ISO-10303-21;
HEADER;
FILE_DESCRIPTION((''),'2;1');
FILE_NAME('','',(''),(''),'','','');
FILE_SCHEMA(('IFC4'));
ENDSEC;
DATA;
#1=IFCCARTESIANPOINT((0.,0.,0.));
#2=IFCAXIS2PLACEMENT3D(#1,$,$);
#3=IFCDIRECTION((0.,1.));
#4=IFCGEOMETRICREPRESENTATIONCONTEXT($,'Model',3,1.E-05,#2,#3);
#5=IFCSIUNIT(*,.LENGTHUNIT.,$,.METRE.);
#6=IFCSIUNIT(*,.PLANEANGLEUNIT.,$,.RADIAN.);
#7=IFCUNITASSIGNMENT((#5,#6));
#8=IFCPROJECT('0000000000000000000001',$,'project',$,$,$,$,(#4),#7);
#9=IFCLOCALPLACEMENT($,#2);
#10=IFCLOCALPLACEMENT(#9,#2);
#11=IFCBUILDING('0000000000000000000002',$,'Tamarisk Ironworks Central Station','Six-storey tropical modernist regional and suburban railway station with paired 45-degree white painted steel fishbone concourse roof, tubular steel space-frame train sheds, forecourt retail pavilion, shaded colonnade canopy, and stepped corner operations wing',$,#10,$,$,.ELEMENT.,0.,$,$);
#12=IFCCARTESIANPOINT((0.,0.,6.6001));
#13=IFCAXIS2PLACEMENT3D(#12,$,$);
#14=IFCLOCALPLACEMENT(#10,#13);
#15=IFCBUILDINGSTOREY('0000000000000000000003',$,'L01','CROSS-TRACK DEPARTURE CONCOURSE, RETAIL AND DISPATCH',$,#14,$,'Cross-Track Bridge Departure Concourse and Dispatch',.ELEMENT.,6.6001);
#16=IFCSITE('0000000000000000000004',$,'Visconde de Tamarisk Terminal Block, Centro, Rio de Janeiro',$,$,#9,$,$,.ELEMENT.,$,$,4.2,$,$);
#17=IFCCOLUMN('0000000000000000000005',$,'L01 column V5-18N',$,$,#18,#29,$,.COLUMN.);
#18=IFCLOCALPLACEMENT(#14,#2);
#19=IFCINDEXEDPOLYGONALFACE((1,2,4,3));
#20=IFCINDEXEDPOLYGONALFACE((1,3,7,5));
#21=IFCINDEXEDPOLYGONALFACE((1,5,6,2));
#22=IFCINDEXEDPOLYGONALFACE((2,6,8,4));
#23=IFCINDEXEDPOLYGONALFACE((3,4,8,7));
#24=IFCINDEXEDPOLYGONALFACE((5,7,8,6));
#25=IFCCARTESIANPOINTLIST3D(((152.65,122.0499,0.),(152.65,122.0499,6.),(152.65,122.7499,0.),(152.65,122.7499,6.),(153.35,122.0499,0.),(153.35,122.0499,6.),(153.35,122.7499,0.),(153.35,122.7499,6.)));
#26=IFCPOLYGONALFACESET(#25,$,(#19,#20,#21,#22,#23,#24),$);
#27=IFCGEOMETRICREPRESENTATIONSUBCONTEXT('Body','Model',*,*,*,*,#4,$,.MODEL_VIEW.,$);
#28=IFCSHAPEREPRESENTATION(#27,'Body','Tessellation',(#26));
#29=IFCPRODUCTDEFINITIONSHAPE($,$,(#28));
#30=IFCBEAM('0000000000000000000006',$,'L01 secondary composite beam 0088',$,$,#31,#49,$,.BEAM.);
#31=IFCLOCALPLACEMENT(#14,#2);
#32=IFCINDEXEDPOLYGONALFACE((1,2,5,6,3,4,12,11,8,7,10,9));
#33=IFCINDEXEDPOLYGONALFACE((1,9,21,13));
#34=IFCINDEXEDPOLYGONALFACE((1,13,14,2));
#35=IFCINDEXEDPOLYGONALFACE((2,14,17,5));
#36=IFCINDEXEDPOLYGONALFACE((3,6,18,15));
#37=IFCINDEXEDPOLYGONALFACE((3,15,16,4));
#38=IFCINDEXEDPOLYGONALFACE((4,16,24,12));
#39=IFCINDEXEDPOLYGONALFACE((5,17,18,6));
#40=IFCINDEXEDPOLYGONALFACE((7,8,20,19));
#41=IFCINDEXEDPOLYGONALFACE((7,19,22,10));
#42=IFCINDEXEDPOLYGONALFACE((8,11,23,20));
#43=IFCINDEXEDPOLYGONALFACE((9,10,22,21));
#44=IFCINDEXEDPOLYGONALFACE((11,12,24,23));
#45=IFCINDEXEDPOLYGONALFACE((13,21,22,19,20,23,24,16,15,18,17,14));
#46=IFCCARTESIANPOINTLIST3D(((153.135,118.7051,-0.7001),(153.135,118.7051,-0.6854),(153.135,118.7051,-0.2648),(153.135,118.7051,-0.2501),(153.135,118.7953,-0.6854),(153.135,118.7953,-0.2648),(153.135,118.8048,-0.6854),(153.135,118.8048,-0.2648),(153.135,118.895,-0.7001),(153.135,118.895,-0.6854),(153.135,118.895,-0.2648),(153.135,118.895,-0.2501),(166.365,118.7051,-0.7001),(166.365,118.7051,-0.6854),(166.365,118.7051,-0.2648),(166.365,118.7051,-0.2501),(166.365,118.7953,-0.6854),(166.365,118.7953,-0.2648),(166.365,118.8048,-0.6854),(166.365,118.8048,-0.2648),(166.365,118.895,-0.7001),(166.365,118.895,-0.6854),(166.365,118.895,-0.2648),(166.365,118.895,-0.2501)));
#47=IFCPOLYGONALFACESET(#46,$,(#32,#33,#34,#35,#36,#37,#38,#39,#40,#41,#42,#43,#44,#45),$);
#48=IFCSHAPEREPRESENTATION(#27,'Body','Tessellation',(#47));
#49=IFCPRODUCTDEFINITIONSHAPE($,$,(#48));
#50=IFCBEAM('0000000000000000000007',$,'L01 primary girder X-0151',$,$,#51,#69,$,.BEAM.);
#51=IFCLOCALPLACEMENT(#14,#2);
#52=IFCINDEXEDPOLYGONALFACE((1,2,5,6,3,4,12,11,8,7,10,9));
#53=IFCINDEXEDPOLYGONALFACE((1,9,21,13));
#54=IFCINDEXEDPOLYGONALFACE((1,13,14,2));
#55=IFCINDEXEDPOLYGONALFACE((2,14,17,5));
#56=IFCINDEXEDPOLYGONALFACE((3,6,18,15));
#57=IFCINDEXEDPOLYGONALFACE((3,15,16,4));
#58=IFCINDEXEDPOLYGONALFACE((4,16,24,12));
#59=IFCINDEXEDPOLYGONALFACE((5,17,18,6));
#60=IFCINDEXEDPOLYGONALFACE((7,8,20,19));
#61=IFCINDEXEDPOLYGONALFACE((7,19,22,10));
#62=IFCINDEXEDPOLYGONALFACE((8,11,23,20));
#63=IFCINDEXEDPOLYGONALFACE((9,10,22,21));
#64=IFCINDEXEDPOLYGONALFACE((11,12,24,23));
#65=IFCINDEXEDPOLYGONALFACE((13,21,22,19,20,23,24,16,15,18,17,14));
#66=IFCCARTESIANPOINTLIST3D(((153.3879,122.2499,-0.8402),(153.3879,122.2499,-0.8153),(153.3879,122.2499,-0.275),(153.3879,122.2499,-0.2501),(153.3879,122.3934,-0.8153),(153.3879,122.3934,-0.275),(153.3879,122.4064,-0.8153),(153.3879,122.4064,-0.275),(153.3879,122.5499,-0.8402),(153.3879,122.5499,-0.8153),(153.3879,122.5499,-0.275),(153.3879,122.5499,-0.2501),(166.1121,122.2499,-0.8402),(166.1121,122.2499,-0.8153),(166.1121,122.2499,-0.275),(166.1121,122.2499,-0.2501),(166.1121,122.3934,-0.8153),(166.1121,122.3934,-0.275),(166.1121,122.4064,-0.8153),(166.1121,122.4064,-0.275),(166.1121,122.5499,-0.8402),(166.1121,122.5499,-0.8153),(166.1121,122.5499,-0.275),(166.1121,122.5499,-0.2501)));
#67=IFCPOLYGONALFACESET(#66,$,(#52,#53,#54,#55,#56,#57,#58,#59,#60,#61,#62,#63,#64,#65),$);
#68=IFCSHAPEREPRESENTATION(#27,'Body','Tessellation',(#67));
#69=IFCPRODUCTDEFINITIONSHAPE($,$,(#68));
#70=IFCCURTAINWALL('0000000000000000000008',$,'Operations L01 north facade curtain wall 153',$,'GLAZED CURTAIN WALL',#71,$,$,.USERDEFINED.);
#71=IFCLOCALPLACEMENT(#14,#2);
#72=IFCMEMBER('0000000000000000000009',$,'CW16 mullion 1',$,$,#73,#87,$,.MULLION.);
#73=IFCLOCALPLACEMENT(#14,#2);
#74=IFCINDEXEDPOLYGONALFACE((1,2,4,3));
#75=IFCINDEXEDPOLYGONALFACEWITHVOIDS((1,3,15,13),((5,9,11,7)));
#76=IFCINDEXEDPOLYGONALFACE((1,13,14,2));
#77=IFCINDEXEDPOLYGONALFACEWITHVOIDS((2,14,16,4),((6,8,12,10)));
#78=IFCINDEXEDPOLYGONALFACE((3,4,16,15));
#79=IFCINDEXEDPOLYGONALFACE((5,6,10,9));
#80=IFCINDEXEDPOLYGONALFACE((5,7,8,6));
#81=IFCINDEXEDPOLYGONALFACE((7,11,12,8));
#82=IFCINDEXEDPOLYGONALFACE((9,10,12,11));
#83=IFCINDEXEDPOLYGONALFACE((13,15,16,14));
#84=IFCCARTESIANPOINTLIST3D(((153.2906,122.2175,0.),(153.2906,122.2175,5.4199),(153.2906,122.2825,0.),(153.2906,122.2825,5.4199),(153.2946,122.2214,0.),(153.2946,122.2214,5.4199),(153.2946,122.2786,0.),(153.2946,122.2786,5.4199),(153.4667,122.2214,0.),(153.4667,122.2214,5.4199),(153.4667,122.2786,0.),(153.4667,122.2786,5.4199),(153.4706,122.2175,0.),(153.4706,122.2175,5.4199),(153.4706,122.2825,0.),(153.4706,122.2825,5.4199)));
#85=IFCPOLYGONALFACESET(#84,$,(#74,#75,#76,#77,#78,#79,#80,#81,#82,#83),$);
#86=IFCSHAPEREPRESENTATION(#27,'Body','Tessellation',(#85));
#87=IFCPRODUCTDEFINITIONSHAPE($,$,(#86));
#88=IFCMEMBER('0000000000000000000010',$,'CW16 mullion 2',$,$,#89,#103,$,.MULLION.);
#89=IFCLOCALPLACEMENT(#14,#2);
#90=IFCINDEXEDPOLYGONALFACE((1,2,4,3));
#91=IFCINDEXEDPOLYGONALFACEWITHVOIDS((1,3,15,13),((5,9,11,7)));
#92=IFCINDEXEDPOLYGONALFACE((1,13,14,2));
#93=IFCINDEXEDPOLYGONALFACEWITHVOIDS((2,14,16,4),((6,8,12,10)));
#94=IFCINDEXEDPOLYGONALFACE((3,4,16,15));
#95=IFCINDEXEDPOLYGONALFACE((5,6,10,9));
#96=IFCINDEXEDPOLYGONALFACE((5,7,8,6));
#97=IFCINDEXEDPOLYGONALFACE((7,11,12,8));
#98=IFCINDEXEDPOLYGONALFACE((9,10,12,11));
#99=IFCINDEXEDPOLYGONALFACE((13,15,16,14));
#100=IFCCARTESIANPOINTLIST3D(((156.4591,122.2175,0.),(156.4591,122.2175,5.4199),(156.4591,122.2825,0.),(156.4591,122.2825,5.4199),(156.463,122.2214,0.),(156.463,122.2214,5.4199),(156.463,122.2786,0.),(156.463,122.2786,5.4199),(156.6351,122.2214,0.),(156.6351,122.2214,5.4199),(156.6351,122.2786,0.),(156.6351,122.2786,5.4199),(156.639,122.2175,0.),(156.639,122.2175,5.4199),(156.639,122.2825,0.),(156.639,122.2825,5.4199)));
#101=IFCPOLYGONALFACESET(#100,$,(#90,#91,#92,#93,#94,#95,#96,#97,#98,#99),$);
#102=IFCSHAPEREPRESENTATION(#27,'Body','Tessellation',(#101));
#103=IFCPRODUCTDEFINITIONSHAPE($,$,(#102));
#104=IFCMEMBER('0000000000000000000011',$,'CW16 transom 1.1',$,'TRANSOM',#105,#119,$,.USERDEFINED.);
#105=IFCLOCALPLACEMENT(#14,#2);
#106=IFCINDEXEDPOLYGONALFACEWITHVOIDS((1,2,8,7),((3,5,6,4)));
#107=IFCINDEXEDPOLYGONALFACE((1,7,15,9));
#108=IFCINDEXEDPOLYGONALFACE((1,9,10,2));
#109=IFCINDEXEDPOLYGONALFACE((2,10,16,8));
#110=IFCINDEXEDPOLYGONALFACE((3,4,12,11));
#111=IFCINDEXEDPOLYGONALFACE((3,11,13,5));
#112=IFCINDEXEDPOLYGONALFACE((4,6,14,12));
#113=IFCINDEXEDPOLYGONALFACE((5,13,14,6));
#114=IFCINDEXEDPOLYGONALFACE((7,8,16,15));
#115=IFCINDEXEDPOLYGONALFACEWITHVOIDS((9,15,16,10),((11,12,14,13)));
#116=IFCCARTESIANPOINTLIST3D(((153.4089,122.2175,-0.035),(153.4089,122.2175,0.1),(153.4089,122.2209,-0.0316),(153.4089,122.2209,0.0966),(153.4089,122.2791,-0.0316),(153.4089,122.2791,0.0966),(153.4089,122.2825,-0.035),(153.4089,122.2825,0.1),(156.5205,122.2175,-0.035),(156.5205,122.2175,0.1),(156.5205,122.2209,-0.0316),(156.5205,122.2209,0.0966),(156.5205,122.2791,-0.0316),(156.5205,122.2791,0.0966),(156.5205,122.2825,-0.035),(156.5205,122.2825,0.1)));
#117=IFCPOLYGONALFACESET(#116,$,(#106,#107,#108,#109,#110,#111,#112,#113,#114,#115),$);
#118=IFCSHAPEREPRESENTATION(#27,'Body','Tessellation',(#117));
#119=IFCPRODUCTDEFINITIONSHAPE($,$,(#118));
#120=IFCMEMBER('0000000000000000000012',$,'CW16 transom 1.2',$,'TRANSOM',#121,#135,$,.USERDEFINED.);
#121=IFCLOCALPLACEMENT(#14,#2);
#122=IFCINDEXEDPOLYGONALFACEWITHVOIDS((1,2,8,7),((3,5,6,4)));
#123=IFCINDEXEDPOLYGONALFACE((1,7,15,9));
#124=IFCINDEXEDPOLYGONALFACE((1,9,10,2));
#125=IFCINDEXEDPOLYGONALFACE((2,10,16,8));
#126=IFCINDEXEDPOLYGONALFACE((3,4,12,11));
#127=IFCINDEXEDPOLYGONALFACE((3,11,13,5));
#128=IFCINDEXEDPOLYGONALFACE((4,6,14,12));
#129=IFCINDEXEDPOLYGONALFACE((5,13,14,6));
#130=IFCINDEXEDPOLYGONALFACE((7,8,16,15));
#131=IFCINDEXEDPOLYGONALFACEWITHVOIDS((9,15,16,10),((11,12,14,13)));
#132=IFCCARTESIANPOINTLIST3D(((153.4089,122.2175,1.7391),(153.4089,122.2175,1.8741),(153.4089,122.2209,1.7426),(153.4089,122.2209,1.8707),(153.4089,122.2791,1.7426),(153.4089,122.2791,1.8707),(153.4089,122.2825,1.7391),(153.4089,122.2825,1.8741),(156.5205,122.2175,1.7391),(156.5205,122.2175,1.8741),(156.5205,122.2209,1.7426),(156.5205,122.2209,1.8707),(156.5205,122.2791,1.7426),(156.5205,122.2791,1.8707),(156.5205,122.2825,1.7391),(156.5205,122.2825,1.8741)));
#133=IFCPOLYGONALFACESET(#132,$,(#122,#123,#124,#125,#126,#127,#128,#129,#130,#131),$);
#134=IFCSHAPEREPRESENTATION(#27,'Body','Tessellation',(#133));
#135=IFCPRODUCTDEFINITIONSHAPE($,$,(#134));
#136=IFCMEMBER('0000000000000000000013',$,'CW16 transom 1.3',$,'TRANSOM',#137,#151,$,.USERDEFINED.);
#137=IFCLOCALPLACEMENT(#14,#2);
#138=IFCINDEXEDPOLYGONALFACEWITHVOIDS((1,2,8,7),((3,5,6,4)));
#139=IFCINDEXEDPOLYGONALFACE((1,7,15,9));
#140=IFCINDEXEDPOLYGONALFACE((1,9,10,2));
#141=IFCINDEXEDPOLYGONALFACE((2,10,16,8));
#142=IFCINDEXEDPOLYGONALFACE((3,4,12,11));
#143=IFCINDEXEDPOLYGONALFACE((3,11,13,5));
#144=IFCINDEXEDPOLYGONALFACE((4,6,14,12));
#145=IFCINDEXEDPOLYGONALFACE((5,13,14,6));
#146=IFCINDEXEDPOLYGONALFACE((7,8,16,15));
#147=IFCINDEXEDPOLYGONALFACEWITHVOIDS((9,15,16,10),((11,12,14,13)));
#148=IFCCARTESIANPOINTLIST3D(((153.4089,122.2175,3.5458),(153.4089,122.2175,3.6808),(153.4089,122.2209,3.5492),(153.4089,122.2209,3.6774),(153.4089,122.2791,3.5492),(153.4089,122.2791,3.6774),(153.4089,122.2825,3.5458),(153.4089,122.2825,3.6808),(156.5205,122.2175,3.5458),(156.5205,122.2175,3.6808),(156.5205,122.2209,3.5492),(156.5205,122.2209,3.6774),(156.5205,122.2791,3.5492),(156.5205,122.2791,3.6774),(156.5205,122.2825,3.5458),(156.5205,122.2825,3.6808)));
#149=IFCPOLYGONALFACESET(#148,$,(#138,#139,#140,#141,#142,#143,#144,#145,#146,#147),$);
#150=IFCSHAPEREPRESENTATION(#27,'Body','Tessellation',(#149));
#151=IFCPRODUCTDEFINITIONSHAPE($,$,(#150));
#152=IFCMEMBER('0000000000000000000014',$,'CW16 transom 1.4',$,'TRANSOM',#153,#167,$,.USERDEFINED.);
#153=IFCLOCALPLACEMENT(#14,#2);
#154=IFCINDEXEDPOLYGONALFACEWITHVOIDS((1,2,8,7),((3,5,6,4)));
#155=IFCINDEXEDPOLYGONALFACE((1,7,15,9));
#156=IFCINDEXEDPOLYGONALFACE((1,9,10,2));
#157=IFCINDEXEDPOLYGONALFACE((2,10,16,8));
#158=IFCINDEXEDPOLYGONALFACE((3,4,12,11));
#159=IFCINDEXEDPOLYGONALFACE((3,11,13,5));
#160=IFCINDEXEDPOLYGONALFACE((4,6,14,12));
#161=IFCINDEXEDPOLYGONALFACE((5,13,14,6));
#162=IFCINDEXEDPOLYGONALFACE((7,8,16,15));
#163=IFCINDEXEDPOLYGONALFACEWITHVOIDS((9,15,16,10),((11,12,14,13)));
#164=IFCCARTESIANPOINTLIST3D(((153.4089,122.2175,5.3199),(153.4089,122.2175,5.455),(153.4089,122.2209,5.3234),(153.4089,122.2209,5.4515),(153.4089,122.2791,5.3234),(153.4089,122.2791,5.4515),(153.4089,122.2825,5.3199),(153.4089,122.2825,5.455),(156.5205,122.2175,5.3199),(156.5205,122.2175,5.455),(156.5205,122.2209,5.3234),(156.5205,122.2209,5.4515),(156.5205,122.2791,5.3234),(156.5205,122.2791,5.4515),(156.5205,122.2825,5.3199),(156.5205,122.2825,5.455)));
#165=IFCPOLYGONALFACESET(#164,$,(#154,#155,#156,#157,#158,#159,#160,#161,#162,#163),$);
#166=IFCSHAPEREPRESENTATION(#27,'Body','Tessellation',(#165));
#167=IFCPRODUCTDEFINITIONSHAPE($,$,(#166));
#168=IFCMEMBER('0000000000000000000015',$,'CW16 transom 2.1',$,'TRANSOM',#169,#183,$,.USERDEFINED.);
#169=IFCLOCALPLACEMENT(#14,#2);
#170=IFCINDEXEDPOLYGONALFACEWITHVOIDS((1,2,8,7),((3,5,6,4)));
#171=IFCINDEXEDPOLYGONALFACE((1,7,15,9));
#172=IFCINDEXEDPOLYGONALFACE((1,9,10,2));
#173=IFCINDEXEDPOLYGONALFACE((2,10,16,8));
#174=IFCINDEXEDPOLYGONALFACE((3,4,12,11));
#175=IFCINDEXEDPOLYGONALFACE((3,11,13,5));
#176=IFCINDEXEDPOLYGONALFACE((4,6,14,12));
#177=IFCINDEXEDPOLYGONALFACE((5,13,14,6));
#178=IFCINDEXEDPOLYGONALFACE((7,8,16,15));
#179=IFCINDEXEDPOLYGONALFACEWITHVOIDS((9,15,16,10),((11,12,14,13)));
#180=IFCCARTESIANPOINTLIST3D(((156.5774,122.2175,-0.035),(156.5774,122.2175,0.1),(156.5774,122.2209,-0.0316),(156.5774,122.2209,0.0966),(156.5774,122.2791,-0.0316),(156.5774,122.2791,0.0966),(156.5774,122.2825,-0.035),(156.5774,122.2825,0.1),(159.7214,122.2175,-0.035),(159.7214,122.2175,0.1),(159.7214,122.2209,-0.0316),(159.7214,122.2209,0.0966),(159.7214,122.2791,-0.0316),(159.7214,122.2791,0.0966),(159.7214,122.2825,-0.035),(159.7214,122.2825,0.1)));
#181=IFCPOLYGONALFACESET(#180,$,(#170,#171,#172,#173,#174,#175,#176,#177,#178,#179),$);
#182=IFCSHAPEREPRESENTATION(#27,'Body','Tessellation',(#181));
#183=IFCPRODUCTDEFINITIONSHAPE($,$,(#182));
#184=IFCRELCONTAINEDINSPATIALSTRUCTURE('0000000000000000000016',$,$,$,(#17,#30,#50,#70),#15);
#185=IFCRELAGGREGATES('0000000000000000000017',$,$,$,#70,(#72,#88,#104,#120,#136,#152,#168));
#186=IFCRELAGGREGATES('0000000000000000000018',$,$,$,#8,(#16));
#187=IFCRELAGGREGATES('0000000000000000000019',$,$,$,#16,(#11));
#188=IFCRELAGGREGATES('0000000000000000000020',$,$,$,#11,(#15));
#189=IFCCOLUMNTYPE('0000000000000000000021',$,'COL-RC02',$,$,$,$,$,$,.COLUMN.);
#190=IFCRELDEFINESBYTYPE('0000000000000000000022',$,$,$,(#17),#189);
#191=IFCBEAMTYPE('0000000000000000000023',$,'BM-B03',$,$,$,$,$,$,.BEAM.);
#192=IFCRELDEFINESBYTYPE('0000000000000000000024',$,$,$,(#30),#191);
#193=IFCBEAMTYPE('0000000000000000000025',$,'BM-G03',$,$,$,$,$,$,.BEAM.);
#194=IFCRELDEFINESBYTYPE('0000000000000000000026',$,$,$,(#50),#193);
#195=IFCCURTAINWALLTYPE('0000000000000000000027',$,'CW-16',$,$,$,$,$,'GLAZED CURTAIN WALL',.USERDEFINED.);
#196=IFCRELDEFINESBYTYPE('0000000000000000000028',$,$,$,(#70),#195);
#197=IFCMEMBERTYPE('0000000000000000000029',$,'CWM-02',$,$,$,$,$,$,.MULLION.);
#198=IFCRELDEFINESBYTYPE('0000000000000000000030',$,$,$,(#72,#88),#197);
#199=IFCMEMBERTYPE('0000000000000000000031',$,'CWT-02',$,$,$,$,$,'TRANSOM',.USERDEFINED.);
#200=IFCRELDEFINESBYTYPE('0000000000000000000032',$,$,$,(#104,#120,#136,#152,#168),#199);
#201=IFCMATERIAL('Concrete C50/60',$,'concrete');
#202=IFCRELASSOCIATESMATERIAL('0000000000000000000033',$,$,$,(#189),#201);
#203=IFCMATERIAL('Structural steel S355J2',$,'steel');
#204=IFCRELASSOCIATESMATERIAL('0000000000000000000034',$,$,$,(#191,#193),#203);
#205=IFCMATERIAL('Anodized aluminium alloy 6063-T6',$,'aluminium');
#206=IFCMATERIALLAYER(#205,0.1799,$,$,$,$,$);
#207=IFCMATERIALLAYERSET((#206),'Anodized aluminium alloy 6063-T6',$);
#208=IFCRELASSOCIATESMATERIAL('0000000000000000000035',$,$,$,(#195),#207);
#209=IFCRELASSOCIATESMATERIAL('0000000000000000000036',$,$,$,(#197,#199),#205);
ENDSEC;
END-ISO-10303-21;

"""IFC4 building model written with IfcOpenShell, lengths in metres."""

from ifc_helpers import new_model, si_unit, direction, frame, origin, origin_2d, place, context, subcontext, project, spatial, rectangle, hollow_rectangle, i_section, extrude, material, layer, layer_set, material_profile, profile_set, type_object, element, aggregate, save


model = new_model("IFC4")

# Units and contexts
model_context = context("Model", 3, precision=1e-05, world=origin(), true_north=direction((0.0, 1.0)))
body_context = subcontext(model_context, "Body", "Model", "MODEL_VIEW")
ifc_project = project(units=[si_unit("LENGTHUNIT", "METRE"), si_unit("PLANEANGLEUNIT", "RADIAN")], contexts=[model_context])

# Site, building, storey
site_placement = place(None, origin())
site = spatial("IfcSite", under=ifc_project, at=site_placement, Name="Visconde de Tamarisk Terminal Block, Centro, Rio de Janeiro", CompositionType="ELEMENT", RefElevation=4.2)
building_placement = place(site_placement, origin())
building = spatial("IfcBuilding", under=site, at=building_placement, Name="Tamarisk Ironworks Central Station", Description="Six-storey tropical modernist regional and suburban railway station with paired 45-degree white painted steel fishbone concourse roof, tubular steel space-frame train sheds, forecourt retail pavilion, shaded colonnade canopy, and stepped corner operations wing", CompositionType="ELEMENT", ElevationOfRefHeight=0.0)
storey_placement = place(building_placement, frame((0.0, 0.0, 6.6001)))
storey = spatial("IfcBuildingStorey", under=building, at=storey_placement, Name="L01", Description="CROSS-TRACK DEPARTURE CONCOURSE, RETAIL AND DISPATCH", LongName="Cross-Track Bridge Departure Concourse and Dispatch", CompositionType="ELEMENT", Elevation=6.6001)

# Column
ifc_material_1 = material(Name="Concrete C50/60", Category="concrete")
ifc_material_profile_1 = material_profile(ifc_material_1, rectangle(XDim=0.7, YDim=0.7, at=origin_2d()), Name="RC 700x700")
ifc_profile_set_1 = profile_set([ifc_material_profile_1], Name="Concrete C50/60")
column_type = type_object("IfcColumnType", Name="COL-RC02", PredefinedType="COLUMN", material=ifc_profile_set_1)
column_placement = place(storey_placement, frame((153.0, 122.3999, 0.0), z_axis=(0.0, 0.0, 1.0), x_axis=(1.0, 0.0, 0.0)))
element("IfcColumn", 1, at=column_placement, inside=storey, type_object=column_type, Name="L01 column V5-18N", PredefinedType="COLUMN", context=body_context, shape_type="SweptSolid", body=[
    extrude(rectangle(XDim=0.7, YDim=0.7, at=origin_2d()), origin(), (0.0, 0.0, 1.0), 6.0),
])

# Beams
ifc_material_2 = material(Name="Structural steel S355J2", Category="steel")
ifc_material_profile_2 = material_profile(ifc_material_2, i_section(OverallWidth=0.1899, OverallDepth=0.45, WebThickness=0.0095, FlangeThickness=0.0146, at=origin_2d()), Name="IPE 450")
ifc_profile_set_2 = profile_set([ifc_material_profile_2], Name="Structural steel S355J2")
beam_type_1 = type_object("IfcBeamType", Name="BM-B03", PredefinedType="BEAM", material=ifc_profile_set_2)
beam_1_placement = place(storey_placement, frame((153.135, 118.8, -0.4751), z_axis=(1.0, 0.0, 0.0), x_axis=(0.0, 1.0, 0.0)))
element("IfcBeam", 2, at=beam_1_placement, inside=storey, type_object=beam_type_1, Name="L01 secondary composite beam 0088", PredefinedType="BEAM", context=body_context, shape_type="SweptSolid", body=[
    extrude(i_section(OverallWidth=0.1899, OverallDepth=0.45, WebThickness=0.0095, FlangeThickness=0.0146, at=origin_2d()), origin(), (0.0, 0.0, 1.0), 13.23),
])
ifc_material_profile_3 = material_profile(ifc_material_2, i_section(OverallWidth=0.3, OverallDepth=0.5901, WebThickness=0.0129, FlangeThickness=0.0249, at=origin_2d()), Name="HEA 600")
ifc_profile_set_3 = profile_set([ifc_material_profile_3], Name="Structural steel S355J2")
beam_type_2 = type_object("IfcBeamType", Name="BM-G03", PredefinedType="BEAM", material=ifc_profile_set_3)
beam_2_placement = place(storey_placement, frame((153.3879, 122.3999, -0.5452), z_axis=(1.0, 0.0, 0.0), x_axis=(0.0, 1.0, 0.0)))
element("IfcBeam", 3, at=beam_2_placement, inside=storey, type_object=beam_type_2, Name="L01 primary girder X-0151", PredefinedType="BEAM", context=body_context, shape_type="SweptSolid", body=[
    extrude(i_section(OverallWidth=0.3, OverallDepth=0.5901, WebThickness=0.0129, FlangeThickness=0.0249, at=origin_2d()), origin(), (0.0, 0.0, 1.0), 12.7241),
])

# Curtain wall, members
ifc_material_3 = material(Name="Anodized aluminium alloy 6063-T6", Category="aluminium")
ifc_layer_1 = layer(ifc_material_3, 0.1799)
ifc_layer_set_1 = layer_set([ifc_layer_1], Name="Anodized aluminium alloy 6063-T6")
curtain_wall_type = type_object("IfcCurtainWallType", Name="CW-16", ElementType="GLAZED CURTAIN WALL", PredefinedType="USERDEFINED", material=ifc_layer_set_1)
curtain_wall_placement = place(storey_placement, origin())
curtain_wall = element("IfcCurtainWall", 4, at=curtain_wall_placement, inside=storey, type_object=curtain_wall_type, Name="Operations L01 north facade curtain wall 153", ObjectType="GLAZED CURTAIN WALL", PredefinedType="USERDEFINED")
ifc_material_profile_4 = material_profile(ifc_material_3, hollow_rectangle(XDim=0.0649, YDim=0.1799, WallThickness=0.0039, at=origin_2d()), Name="ALUM 180x65")
ifc_profile_set_4 = profile_set([ifc_material_profile_4], Name="Anodized aluminium alloy 6063-T6")
member_type_1 = type_object("IfcMemberType", Name="CWM-02", PredefinedType="MULLION", material=ifc_profile_set_4)
member_1_placement = place(storey_placement, frame((153.3806, 122.25, 0.0), z_axis=(0.0, 0.0, 1.0), x_axis=(0.0, 1.0, 0.0)))
member_1 = element("IfcMember", 5, at=member_1_placement, type_object=member_type_1, Name="CW16 mullion 1", PredefinedType="MULLION", context=body_context, shape_type="SweptSolid", body=[
    extrude(hollow_rectangle(XDim=0.0649, YDim=0.1799, WallThickness=0.0039, at=origin_2d()), origin(), (0.0, 0.0, 1.0), 5.4199),
])
member_2_placement = place(storey_placement, frame((156.5491, 122.25, 0.0), z_axis=(0.0, 0.0, 1.0), x_axis=(0.0, 1.0, 0.0)))
member_2 = element("IfcMember", 6, at=member_2_placement, type_object=member_type_1, Name="CW16 mullion 2", PredefinedType="MULLION", context=body_context, shape_type="SweptSolid", body=[
    extrude(hollow_rectangle(XDim=0.0649, YDim=0.1799, WallThickness=0.0039, at=origin_2d()), origin(), (0.0, 0.0, 1.0), 5.4199),
])
ifc_material_profile_5 = material_profile(ifc_material_3, hollow_rectangle(XDim=0.0649, YDim=0.135, WallThickness=0.0034, at=origin_2d()), Name="ALUM 135x65")
ifc_profile_set_5 = profile_set([ifc_material_profile_5], Name="Anodized aluminium alloy 6063-T6")
member_type_2 = type_object("IfcMemberType", Name="CWT-02", ElementType="TRANSOM", PredefinedType="USERDEFINED", material=ifc_profile_set_5)
member_3_placement = place(storey_placement, frame((153.4089, 122.25, 0.0325), z_axis=(1.0, 0.0, 0.0), x_axis=(0.0, 1.0, 0.0)))
member_3 = element("IfcMember", 7, at=member_3_placement, type_object=member_type_2, Name="CW16 transom 1.1", ObjectType="TRANSOM", PredefinedType="USERDEFINED", context=body_context, shape_type="SweptSolid", body=[
    extrude(hollow_rectangle(XDim=0.0649, YDim=0.135, WallThickness=0.0034, at=origin_2d()), origin(), (0.0, 0.0, 1.0), 3.1116),
])
member_4_placement = place(storey_placement, frame((153.4089, 122.25, 1.8066), z_axis=(1.0, 0.0, 0.0), x_axis=(0.0, 1.0, 0.0)))
member_4 = element("IfcMember", 8, at=member_4_placement, type_object=member_type_2, Name="CW16 transom 1.2", ObjectType="TRANSOM", PredefinedType="USERDEFINED", context=body_context, shape_type="SweptSolid", body=[
    extrude(hollow_rectangle(XDim=0.0649, YDim=0.135, WallThickness=0.0034, at=origin_2d()), origin(), (0.0, 0.0, 1.0), 3.1116),
])
member_5_placement = place(storey_placement, frame((153.4089, 122.25, 3.6133), z_axis=(1.0, 0.0, 0.0), x_axis=(0.0, 1.0, 0.0)))
member_5 = element("IfcMember", 9, at=member_5_placement, type_object=member_type_2, Name="CW16 transom 1.3", ObjectType="TRANSOM", PredefinedType="USERDEFINED", context=body_context, shape_type="SweptSolid", body=[
    extrude(hollow_rectangle(XDim=0.0649, YDim=0.135, WallThickness=0.0034, at=origin_2d()), origin(), (0.0, 0.0, 1.0), 3.1116),
])
member_6_placement = place(storey_placement, frame((153.4089, 122.25, 5.3875), z_axis=(1.0, 0.0, 0.0), x_axis=(0.0, 1.0, 0.0)))
member_6 = element("IfcMember", 10, at=member_6_placement, type_object=member_type_2, Name="CW16 transom 1.4", ObjectType="TRANSOM", PredefinedType="USERDEFINED", context=body_context, shape_type="SweptSolid", body=[
    extrude(hollow_rectangle(XDim=0.0649, YDim=0.135, WallThickness=0.0034, at=origin_2d()), origin(), (0.0, 0.0, 1.0), 3.1116),
])
member_7_placement = place(storey_placement, frame((156.5774, 122.25, 0.0325), z_axis=(1.0, 0.0, 0.0), x_axis=(0.0, 1.0, 0.0)))
member_7 = element("IfcMember", 11, at=member_7_placement, type_object=member_type_2, Name="CW16 transom 2.1", ObjectType="TRANSOM", PredefinedType="USERDEFINED", context=body_context, shape_type="SweptSolid", body=[
    extrude(hollow_rectangle(XDim=0.0649, YDim=0.135, WallThickness=0.0034, at=origin_2d()), origin(), (0.0, 0.0, 1.0), 3.144),
])
aggregate(curtain_wall, [member_1, member_2, member_3, member_4, member_5, member_6, member_7])

save(model, "model.ifc")
